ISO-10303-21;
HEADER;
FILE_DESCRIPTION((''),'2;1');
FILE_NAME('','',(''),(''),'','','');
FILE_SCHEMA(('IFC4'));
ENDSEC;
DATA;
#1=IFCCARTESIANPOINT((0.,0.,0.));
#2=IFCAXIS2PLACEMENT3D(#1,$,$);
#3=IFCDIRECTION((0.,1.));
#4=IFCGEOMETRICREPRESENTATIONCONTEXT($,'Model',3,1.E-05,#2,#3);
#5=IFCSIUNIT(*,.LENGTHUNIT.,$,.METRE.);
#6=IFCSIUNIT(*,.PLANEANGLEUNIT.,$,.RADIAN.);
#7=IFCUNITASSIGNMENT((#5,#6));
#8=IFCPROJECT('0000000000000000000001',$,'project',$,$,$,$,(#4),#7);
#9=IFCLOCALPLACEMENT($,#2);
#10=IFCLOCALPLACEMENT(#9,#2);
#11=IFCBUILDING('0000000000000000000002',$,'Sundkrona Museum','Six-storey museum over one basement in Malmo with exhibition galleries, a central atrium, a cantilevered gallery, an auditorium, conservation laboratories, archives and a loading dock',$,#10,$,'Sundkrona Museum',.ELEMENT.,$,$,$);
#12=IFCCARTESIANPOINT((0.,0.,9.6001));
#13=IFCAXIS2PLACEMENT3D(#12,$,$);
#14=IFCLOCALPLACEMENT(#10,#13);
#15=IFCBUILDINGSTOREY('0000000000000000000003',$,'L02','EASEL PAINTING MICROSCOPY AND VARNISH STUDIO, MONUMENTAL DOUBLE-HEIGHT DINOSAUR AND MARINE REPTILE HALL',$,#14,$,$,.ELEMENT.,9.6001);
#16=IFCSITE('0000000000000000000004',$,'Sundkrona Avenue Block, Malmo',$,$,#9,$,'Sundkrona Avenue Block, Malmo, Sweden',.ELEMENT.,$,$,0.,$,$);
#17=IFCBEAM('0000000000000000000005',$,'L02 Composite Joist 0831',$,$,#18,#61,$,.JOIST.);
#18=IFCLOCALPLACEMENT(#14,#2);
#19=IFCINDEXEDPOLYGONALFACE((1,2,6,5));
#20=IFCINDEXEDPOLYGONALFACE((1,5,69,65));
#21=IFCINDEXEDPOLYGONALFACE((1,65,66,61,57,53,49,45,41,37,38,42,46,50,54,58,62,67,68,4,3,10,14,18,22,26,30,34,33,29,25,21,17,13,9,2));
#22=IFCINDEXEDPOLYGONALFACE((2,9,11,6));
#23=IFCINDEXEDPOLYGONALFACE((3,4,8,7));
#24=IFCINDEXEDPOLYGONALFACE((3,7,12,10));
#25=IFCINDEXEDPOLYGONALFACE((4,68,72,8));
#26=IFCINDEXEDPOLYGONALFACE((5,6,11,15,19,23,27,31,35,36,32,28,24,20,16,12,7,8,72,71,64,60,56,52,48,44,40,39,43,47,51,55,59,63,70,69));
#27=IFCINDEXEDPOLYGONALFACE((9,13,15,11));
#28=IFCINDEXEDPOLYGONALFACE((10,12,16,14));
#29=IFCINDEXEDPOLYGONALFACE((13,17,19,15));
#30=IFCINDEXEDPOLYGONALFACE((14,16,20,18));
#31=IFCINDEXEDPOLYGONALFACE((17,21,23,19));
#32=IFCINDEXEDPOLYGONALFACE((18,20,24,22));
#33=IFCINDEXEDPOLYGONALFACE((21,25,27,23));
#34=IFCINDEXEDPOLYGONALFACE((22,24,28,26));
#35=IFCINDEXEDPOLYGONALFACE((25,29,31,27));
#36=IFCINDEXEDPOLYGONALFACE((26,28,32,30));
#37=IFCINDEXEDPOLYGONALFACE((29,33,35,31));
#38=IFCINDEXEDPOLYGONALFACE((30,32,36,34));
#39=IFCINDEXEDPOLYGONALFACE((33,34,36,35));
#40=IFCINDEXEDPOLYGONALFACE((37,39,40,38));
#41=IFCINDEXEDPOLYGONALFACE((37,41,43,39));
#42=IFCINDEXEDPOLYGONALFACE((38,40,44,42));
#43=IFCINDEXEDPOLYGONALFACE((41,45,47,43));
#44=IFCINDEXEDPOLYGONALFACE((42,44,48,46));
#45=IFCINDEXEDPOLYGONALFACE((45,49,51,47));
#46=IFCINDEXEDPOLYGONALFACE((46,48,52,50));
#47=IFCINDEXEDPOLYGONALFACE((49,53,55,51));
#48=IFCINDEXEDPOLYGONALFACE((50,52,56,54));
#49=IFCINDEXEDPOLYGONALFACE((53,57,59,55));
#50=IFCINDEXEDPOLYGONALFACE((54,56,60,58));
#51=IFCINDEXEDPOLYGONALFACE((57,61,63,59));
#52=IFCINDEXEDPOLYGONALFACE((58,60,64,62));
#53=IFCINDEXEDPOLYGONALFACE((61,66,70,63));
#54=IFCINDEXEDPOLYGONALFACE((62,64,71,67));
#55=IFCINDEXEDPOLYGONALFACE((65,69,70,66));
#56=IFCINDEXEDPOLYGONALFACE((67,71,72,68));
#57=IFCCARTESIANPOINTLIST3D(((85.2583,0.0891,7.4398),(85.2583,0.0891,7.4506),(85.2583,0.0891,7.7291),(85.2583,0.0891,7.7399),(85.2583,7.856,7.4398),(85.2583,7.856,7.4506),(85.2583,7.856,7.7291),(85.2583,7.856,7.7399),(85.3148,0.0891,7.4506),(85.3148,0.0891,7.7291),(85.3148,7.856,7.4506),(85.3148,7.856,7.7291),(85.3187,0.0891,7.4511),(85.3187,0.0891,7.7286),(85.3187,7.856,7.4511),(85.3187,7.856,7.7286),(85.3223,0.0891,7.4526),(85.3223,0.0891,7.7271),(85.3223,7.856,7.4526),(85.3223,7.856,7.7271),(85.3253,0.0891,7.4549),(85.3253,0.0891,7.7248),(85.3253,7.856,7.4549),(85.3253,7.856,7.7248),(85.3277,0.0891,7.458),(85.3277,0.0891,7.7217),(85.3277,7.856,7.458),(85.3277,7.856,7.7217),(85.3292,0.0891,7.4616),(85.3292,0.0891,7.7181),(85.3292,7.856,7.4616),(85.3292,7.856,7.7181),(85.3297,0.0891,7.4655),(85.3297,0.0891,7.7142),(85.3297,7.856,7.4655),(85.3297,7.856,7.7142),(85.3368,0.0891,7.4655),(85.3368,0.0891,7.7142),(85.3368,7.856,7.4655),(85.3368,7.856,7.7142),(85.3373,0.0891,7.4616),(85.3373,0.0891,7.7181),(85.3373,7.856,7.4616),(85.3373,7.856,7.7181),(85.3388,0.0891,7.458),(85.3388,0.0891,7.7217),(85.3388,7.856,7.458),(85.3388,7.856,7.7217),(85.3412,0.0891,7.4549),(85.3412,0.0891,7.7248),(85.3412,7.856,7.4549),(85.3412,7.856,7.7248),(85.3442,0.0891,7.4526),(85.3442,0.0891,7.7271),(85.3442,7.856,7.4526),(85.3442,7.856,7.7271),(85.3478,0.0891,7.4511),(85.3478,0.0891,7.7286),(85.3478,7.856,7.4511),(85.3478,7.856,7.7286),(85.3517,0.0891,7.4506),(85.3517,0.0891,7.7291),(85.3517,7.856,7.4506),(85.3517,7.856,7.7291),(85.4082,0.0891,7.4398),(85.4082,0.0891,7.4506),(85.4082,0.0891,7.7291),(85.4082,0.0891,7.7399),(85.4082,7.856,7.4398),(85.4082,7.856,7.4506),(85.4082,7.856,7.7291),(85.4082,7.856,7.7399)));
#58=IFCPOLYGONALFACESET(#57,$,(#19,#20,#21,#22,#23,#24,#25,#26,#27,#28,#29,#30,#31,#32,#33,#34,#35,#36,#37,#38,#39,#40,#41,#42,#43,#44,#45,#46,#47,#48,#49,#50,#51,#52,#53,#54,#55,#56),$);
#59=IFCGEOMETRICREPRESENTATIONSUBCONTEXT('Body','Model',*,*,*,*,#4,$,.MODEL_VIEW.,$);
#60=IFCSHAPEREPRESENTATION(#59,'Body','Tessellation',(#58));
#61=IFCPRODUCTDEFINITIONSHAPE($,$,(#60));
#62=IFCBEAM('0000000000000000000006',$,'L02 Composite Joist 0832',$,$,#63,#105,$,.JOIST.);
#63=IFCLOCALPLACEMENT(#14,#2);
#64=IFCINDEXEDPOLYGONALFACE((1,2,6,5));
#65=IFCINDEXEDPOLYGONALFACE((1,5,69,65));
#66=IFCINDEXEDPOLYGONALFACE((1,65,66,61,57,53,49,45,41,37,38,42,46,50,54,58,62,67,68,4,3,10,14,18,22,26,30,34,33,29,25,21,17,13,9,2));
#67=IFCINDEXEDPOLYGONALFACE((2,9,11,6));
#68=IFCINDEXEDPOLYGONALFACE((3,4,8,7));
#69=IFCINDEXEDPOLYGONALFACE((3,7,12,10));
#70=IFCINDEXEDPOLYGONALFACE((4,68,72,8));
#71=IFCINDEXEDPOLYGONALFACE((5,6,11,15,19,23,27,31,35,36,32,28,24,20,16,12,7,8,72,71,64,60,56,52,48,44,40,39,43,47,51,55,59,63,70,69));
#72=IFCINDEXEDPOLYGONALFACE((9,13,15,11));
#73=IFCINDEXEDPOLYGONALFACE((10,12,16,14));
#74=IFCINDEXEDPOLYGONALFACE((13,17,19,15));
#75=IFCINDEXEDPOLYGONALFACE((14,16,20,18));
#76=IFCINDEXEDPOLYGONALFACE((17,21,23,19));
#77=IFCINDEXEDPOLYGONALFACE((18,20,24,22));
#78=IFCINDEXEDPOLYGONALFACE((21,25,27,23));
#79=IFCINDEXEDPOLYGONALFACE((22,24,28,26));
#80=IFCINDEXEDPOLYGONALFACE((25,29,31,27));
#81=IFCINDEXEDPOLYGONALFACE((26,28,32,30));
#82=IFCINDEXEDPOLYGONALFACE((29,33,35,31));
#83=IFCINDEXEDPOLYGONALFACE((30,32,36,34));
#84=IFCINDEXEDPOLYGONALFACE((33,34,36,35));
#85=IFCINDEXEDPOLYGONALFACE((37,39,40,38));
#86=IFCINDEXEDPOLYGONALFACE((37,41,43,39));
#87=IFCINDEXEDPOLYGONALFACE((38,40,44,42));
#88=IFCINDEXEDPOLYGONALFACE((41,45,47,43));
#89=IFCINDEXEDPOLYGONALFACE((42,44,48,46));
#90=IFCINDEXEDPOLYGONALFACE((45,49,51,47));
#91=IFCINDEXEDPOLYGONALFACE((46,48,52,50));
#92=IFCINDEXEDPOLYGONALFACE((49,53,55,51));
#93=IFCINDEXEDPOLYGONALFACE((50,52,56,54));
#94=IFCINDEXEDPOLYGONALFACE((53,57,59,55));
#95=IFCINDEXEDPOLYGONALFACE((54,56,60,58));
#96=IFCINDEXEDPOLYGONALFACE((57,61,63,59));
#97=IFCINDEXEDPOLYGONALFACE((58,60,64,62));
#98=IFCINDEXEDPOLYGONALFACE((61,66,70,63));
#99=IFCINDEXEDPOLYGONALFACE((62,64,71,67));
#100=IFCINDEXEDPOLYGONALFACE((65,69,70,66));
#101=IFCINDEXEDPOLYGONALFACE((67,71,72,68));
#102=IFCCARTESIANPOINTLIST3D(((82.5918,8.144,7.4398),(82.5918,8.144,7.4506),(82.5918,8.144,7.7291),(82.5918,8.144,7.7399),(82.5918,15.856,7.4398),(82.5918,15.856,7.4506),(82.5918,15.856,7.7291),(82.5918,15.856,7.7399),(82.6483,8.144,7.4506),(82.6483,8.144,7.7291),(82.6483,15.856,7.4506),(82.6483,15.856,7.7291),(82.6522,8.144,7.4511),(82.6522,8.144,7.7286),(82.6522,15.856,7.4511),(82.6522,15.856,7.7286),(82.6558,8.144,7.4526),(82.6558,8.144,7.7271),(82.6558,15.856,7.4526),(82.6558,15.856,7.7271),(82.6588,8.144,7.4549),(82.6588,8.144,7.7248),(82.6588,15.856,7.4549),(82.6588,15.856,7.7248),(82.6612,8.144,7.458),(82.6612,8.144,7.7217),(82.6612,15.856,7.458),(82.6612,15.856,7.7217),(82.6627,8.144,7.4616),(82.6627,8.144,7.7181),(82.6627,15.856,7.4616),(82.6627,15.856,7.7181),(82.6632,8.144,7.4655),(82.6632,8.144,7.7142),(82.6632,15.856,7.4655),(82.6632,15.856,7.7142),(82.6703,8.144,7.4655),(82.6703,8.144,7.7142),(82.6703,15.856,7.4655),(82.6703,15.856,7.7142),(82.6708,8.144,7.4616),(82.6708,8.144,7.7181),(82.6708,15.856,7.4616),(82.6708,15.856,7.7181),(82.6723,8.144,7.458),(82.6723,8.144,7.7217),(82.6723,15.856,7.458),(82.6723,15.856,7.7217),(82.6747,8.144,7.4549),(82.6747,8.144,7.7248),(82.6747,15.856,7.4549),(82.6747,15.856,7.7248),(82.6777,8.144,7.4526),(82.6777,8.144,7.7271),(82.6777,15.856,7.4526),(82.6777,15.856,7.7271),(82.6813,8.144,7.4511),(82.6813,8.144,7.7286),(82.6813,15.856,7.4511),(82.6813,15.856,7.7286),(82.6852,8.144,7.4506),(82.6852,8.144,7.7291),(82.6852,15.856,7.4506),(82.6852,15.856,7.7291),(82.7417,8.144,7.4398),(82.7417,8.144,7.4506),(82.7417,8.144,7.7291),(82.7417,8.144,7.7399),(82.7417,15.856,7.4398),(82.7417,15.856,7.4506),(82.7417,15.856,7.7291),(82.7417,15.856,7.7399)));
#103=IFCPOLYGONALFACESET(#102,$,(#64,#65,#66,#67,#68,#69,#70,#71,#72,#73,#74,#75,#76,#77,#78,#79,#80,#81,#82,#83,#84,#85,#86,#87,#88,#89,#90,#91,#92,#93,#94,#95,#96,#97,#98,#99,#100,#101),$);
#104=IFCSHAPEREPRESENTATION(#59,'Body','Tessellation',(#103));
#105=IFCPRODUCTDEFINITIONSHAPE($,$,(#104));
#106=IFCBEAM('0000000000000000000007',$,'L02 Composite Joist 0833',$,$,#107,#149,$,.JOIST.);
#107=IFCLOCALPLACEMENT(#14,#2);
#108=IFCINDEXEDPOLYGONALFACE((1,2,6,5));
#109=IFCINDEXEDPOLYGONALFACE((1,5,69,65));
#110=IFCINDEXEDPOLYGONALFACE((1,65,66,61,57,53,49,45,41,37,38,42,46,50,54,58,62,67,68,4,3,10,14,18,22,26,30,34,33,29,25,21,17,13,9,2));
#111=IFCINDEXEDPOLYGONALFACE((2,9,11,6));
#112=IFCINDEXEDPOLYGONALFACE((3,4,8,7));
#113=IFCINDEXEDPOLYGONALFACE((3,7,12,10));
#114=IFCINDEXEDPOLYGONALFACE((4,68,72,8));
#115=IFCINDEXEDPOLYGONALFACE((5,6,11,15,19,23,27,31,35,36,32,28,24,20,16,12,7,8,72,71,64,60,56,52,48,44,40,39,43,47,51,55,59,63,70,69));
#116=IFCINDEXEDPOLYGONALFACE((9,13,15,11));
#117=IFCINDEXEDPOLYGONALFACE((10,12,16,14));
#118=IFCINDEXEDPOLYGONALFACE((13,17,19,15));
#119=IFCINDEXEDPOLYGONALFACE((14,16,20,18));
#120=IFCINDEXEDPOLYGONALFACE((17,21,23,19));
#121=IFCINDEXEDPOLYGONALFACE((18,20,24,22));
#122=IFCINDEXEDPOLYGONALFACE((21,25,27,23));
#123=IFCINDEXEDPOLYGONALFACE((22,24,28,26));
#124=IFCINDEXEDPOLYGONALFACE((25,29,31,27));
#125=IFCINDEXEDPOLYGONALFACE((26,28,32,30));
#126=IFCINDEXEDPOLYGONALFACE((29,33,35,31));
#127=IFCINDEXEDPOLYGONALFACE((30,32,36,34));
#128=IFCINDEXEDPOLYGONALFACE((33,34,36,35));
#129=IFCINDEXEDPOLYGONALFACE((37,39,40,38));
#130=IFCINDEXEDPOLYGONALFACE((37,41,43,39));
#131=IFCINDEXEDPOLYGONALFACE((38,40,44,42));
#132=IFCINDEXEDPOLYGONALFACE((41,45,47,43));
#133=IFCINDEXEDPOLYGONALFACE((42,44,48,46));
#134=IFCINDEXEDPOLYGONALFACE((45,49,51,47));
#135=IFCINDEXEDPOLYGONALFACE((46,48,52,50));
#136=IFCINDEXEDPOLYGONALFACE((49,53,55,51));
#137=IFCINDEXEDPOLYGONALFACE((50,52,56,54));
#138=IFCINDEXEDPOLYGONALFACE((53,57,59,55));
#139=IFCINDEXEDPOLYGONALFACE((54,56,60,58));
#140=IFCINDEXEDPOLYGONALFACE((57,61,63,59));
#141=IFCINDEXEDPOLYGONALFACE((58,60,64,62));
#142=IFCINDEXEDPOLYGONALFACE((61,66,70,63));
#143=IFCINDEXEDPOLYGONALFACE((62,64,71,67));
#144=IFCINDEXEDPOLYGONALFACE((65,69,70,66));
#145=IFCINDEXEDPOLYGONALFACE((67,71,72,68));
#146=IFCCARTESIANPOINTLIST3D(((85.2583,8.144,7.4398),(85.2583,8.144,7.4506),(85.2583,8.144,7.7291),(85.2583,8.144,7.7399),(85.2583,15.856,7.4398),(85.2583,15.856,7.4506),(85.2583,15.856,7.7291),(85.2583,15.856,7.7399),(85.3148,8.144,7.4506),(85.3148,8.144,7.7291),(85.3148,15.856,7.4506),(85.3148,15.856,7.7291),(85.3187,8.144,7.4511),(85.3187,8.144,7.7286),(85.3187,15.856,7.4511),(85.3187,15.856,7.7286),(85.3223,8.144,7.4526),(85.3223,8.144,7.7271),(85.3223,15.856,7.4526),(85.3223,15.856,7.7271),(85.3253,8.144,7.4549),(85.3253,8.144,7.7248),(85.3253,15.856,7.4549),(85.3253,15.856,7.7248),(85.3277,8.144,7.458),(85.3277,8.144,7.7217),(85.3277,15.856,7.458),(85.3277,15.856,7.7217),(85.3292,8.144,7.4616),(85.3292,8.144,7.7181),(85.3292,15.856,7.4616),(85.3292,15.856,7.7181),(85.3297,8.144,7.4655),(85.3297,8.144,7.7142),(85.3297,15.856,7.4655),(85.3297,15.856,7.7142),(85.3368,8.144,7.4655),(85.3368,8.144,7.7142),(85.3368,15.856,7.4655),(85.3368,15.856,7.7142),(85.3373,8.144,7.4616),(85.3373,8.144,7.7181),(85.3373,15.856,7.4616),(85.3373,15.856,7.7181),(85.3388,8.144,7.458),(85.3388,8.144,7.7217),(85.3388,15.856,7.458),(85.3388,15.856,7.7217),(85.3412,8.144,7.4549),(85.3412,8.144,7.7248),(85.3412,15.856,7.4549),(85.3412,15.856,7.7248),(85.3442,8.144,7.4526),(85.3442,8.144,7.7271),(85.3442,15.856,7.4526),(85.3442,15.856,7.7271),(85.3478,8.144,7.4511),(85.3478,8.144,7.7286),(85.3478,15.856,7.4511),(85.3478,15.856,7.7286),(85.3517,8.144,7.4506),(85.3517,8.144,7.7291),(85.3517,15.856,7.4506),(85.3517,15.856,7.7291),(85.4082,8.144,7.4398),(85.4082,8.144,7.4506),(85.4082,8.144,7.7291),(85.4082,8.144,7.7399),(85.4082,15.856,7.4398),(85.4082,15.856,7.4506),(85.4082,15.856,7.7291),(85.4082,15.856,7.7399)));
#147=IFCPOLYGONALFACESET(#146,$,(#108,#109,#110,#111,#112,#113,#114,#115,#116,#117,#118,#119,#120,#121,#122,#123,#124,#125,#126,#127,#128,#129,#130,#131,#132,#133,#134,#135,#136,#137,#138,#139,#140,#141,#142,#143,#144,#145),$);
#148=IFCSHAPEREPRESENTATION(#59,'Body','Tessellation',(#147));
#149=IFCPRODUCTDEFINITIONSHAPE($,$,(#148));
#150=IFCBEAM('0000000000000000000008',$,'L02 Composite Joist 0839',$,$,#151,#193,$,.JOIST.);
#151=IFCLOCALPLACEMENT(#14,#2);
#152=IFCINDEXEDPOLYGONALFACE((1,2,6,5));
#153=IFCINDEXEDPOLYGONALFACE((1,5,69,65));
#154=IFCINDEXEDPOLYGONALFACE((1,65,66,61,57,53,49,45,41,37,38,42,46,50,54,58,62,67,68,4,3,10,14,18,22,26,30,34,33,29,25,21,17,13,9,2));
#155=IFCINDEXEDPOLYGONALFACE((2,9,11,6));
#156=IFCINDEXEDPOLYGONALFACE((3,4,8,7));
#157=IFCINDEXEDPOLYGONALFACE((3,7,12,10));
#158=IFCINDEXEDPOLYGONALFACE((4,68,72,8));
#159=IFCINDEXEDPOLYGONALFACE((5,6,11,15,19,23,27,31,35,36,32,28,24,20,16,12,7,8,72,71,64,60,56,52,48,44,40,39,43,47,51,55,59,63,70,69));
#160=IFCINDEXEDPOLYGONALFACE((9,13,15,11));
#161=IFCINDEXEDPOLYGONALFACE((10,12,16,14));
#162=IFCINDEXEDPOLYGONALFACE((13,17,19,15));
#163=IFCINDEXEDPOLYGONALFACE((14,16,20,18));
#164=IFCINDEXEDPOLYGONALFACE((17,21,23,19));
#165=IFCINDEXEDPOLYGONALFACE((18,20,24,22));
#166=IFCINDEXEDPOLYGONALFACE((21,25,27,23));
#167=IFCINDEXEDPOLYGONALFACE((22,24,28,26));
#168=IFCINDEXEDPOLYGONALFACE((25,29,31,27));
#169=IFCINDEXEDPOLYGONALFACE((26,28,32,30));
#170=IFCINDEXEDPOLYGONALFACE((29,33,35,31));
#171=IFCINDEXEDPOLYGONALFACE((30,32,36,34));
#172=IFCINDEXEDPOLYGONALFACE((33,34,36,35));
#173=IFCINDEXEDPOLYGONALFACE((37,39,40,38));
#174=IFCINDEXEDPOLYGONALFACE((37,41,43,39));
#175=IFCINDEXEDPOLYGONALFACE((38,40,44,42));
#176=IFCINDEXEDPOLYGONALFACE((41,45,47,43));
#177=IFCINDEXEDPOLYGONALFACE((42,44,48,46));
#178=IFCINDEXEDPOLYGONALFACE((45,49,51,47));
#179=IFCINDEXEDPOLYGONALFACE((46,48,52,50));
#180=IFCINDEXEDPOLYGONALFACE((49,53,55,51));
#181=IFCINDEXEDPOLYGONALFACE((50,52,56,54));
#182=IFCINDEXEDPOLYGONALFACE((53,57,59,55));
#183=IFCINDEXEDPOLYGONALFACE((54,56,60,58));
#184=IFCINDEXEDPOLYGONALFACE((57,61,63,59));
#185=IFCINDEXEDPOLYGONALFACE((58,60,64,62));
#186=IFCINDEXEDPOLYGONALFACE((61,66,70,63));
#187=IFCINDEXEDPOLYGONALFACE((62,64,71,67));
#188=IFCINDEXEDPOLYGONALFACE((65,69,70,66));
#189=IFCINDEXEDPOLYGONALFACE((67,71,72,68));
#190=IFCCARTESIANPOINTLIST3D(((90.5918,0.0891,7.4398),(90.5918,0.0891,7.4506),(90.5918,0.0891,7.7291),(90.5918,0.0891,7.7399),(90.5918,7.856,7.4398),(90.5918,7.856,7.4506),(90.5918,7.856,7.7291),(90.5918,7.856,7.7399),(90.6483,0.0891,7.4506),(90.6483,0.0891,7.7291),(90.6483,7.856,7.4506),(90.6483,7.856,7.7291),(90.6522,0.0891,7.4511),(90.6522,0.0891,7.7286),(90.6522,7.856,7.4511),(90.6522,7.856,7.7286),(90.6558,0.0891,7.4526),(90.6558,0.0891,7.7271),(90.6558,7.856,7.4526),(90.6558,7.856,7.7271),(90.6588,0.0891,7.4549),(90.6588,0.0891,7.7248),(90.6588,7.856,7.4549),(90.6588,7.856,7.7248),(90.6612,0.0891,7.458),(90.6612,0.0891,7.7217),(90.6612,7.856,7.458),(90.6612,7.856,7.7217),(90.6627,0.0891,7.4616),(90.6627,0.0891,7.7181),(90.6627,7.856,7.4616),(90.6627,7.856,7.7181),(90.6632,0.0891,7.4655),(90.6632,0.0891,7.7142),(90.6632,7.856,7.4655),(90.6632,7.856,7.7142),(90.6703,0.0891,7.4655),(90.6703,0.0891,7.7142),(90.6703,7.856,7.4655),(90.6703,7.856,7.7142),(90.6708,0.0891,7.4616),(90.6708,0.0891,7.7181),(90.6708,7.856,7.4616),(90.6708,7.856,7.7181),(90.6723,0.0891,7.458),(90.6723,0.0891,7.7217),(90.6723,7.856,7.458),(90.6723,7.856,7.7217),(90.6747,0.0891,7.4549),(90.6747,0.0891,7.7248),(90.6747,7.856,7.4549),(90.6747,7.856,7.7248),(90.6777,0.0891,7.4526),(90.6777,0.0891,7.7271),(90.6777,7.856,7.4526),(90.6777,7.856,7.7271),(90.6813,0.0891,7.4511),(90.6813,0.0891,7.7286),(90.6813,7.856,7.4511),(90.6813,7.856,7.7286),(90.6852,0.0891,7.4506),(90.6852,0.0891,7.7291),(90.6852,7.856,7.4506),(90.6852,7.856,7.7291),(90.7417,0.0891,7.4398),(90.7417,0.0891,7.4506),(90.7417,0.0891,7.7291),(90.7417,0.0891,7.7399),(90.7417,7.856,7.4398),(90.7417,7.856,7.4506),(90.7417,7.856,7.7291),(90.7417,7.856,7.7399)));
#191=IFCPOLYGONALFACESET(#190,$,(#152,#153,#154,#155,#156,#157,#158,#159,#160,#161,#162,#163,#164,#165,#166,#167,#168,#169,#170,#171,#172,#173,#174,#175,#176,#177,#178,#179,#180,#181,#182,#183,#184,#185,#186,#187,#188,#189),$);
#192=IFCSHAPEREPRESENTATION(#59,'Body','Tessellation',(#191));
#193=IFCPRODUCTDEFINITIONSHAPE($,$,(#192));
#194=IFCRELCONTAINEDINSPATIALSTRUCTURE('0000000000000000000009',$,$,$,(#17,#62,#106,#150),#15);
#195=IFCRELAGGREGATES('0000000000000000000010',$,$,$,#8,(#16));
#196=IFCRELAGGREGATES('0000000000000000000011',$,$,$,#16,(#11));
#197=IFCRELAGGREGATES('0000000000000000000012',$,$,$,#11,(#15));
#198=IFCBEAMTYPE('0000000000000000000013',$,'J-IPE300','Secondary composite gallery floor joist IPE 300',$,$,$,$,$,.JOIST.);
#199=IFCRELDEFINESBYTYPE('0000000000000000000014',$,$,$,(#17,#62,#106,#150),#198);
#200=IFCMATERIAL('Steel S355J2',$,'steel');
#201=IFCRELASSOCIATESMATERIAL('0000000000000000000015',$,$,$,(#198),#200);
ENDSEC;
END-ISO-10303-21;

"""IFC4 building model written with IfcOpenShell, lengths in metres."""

from ifc_helpers import new_model, si_unit, direction, frame, origin, origin_2d, place, context, subcontext, project, spatial, i_section, extrude, material, material_profile, profile_set, type_object, element, save


model = new_model("IFC4")

# Units and contexts
model_context = context("Model", 3, precision=1e-05, world=origin(), true_north=direction((0.0, 1.0)))
body_context = subcontext(model_context, "Body", "Model", "MODEL_VIEW")
ifc_project = project(units=[si_unit("LENGTHUNIT", "METRE"), si_unit("PLANEANGLEUNIT", "RADIAN")], contexts=[model_context])

# Site, building, storey
site_placement = place(None, origin())
site = spatial("IfcSite", under=ifc_project, at=site_placement, Name="Sundkrona Avenue Block, Malmo", LongName="Sundkrona Avenue Block, Malmo, Sweden", CompositionType="ELEMENT", RefElevation=0.0)
building_placement = place(site_placement, origin())
building = spatial("IfcBuilding", under=site, at=building_placement, Name="Sundkrona Museum", Description="Six-storey museum over one basement in Malmo with exhibition galleries, a central atrium, a cantilevered gallery, an auditorium, conservation laboratories, archives and a loading dock", LongName="Sundkrona Museum", CompositionType="ELEMENT")
storey_placement = place(building_placement, frame((0.0, 0.0, 9.6001)))
storey = spatial("IfcBuildingStorey", under=building, at=storey_placement, Name="L02", Description="EASEL PAINTING MICROSCOPY AND VARNISH STUDIO, MONUMENTAL DOUBLE-HEIGHT DINOSAUR AND MARINE REPTILE HALL", CompositionType="ELEMENT", Elevation=9.6001)

# Shared definitions
ifc_material_1 = material(Name="Steel S355J2", Category="steel")

# Beams
ifc_material_profile_1 = material_profile(ifc_material_1, i_section(OverallWidth=0.1499, OverallDepth=0.3, WebThickness=0.0071, FlangeThickness=0.0107, FilletRadius=0.0149, at=origin_2d()), Name="IPE 300")
ifc_profile_set_1 = profile_set([ifc_material_profile_1], Name="Steel S355J2")
beam_type_1 = type_object("IfcBeamType", Name="J-IPE300", Description="Secondary composite gallery floor joist IPE 300", PredefinedType="JOIST", material=ifc_profile_set_1)
beam_1_placement = place(storey_placement, frame((85.3333, 0.0891, 7.5898), z_axis=(0.0, 1.0, 0.0), x_axis=(-1.0, 0.0, 0.0)))
element("IfcBeam", 1, at=beam_1_placement, inside=storey, type_object=beam_type_1, Name="L02 Composite Joist 0831", PredefinedType="JOIST", context=body_context, shape_type="SweptSolid", body=[
    extrude(i_section(OverallWidth=0.1499, OverallDepth=0.3, WebThickness=0.0071, FlangeThickness=0.0107, FilletRadius=0.0149, at=origin_2d()), origin(), (0.0, 0.0, 1.0), 7.7668),
])
for number, where, z_axis, x_axis, name in (
    (2, (82.6667, 8.144, 7.5898), (0.0, 1.0, 0.0), (-1.0, 0.0, 0.0), "L02 Composite Joist 0832"),
    (3, (85.3333, 8.144, 7.5898), (0.0, 1.0, 0.0), (-1.0, 0.0, 0.0), "L02 Composite Joist 0833"),
):
    element("IfcBeam", number, at=place(storey_placement, frame(where, z_axis=z_axis, x_axis=x_axis)), inside=storey, type_object=beam_type_1, Name=name, PredefinedType="JOIST", context=body_context, shape_type="SweptSolid", body=[
        extrude(i_section(OverallWidth=0.1499, OverallDepth=0.3, WebThickness=0.0071, FlangeThickness=0.0107, FilletRadius=0.0149, at=origin_2d()), origin(), (0.0, 0.0, 1.0), 7.7119),
    ])
beam_2_placement = place(storey_placement, frame((90.6667, 0.0891, 7.5898), z_axis=(0.0, 1.0, 0.0), x_axis=(-1.0, 0.0, 0.0)))
element("IfcBeam", 4, at=beam_2_placement, inside=storey, type_object=beam_type_1, Name="L02 Composite Joist 0839", PredefinedType="JOIST", context=body_context, shape_type="SweptSolid", body=[
    extrude(i_section(OverallWidth=0.1499, OverallDepth=0.3, WebThickness=0.0071, FlangeThickness=0.0107, FilletRadius=0.0149, at=origin_2d()), origin(), (0.0, 0.0, 1.0), 7.7668),
])

save(model, "model.ifc")
